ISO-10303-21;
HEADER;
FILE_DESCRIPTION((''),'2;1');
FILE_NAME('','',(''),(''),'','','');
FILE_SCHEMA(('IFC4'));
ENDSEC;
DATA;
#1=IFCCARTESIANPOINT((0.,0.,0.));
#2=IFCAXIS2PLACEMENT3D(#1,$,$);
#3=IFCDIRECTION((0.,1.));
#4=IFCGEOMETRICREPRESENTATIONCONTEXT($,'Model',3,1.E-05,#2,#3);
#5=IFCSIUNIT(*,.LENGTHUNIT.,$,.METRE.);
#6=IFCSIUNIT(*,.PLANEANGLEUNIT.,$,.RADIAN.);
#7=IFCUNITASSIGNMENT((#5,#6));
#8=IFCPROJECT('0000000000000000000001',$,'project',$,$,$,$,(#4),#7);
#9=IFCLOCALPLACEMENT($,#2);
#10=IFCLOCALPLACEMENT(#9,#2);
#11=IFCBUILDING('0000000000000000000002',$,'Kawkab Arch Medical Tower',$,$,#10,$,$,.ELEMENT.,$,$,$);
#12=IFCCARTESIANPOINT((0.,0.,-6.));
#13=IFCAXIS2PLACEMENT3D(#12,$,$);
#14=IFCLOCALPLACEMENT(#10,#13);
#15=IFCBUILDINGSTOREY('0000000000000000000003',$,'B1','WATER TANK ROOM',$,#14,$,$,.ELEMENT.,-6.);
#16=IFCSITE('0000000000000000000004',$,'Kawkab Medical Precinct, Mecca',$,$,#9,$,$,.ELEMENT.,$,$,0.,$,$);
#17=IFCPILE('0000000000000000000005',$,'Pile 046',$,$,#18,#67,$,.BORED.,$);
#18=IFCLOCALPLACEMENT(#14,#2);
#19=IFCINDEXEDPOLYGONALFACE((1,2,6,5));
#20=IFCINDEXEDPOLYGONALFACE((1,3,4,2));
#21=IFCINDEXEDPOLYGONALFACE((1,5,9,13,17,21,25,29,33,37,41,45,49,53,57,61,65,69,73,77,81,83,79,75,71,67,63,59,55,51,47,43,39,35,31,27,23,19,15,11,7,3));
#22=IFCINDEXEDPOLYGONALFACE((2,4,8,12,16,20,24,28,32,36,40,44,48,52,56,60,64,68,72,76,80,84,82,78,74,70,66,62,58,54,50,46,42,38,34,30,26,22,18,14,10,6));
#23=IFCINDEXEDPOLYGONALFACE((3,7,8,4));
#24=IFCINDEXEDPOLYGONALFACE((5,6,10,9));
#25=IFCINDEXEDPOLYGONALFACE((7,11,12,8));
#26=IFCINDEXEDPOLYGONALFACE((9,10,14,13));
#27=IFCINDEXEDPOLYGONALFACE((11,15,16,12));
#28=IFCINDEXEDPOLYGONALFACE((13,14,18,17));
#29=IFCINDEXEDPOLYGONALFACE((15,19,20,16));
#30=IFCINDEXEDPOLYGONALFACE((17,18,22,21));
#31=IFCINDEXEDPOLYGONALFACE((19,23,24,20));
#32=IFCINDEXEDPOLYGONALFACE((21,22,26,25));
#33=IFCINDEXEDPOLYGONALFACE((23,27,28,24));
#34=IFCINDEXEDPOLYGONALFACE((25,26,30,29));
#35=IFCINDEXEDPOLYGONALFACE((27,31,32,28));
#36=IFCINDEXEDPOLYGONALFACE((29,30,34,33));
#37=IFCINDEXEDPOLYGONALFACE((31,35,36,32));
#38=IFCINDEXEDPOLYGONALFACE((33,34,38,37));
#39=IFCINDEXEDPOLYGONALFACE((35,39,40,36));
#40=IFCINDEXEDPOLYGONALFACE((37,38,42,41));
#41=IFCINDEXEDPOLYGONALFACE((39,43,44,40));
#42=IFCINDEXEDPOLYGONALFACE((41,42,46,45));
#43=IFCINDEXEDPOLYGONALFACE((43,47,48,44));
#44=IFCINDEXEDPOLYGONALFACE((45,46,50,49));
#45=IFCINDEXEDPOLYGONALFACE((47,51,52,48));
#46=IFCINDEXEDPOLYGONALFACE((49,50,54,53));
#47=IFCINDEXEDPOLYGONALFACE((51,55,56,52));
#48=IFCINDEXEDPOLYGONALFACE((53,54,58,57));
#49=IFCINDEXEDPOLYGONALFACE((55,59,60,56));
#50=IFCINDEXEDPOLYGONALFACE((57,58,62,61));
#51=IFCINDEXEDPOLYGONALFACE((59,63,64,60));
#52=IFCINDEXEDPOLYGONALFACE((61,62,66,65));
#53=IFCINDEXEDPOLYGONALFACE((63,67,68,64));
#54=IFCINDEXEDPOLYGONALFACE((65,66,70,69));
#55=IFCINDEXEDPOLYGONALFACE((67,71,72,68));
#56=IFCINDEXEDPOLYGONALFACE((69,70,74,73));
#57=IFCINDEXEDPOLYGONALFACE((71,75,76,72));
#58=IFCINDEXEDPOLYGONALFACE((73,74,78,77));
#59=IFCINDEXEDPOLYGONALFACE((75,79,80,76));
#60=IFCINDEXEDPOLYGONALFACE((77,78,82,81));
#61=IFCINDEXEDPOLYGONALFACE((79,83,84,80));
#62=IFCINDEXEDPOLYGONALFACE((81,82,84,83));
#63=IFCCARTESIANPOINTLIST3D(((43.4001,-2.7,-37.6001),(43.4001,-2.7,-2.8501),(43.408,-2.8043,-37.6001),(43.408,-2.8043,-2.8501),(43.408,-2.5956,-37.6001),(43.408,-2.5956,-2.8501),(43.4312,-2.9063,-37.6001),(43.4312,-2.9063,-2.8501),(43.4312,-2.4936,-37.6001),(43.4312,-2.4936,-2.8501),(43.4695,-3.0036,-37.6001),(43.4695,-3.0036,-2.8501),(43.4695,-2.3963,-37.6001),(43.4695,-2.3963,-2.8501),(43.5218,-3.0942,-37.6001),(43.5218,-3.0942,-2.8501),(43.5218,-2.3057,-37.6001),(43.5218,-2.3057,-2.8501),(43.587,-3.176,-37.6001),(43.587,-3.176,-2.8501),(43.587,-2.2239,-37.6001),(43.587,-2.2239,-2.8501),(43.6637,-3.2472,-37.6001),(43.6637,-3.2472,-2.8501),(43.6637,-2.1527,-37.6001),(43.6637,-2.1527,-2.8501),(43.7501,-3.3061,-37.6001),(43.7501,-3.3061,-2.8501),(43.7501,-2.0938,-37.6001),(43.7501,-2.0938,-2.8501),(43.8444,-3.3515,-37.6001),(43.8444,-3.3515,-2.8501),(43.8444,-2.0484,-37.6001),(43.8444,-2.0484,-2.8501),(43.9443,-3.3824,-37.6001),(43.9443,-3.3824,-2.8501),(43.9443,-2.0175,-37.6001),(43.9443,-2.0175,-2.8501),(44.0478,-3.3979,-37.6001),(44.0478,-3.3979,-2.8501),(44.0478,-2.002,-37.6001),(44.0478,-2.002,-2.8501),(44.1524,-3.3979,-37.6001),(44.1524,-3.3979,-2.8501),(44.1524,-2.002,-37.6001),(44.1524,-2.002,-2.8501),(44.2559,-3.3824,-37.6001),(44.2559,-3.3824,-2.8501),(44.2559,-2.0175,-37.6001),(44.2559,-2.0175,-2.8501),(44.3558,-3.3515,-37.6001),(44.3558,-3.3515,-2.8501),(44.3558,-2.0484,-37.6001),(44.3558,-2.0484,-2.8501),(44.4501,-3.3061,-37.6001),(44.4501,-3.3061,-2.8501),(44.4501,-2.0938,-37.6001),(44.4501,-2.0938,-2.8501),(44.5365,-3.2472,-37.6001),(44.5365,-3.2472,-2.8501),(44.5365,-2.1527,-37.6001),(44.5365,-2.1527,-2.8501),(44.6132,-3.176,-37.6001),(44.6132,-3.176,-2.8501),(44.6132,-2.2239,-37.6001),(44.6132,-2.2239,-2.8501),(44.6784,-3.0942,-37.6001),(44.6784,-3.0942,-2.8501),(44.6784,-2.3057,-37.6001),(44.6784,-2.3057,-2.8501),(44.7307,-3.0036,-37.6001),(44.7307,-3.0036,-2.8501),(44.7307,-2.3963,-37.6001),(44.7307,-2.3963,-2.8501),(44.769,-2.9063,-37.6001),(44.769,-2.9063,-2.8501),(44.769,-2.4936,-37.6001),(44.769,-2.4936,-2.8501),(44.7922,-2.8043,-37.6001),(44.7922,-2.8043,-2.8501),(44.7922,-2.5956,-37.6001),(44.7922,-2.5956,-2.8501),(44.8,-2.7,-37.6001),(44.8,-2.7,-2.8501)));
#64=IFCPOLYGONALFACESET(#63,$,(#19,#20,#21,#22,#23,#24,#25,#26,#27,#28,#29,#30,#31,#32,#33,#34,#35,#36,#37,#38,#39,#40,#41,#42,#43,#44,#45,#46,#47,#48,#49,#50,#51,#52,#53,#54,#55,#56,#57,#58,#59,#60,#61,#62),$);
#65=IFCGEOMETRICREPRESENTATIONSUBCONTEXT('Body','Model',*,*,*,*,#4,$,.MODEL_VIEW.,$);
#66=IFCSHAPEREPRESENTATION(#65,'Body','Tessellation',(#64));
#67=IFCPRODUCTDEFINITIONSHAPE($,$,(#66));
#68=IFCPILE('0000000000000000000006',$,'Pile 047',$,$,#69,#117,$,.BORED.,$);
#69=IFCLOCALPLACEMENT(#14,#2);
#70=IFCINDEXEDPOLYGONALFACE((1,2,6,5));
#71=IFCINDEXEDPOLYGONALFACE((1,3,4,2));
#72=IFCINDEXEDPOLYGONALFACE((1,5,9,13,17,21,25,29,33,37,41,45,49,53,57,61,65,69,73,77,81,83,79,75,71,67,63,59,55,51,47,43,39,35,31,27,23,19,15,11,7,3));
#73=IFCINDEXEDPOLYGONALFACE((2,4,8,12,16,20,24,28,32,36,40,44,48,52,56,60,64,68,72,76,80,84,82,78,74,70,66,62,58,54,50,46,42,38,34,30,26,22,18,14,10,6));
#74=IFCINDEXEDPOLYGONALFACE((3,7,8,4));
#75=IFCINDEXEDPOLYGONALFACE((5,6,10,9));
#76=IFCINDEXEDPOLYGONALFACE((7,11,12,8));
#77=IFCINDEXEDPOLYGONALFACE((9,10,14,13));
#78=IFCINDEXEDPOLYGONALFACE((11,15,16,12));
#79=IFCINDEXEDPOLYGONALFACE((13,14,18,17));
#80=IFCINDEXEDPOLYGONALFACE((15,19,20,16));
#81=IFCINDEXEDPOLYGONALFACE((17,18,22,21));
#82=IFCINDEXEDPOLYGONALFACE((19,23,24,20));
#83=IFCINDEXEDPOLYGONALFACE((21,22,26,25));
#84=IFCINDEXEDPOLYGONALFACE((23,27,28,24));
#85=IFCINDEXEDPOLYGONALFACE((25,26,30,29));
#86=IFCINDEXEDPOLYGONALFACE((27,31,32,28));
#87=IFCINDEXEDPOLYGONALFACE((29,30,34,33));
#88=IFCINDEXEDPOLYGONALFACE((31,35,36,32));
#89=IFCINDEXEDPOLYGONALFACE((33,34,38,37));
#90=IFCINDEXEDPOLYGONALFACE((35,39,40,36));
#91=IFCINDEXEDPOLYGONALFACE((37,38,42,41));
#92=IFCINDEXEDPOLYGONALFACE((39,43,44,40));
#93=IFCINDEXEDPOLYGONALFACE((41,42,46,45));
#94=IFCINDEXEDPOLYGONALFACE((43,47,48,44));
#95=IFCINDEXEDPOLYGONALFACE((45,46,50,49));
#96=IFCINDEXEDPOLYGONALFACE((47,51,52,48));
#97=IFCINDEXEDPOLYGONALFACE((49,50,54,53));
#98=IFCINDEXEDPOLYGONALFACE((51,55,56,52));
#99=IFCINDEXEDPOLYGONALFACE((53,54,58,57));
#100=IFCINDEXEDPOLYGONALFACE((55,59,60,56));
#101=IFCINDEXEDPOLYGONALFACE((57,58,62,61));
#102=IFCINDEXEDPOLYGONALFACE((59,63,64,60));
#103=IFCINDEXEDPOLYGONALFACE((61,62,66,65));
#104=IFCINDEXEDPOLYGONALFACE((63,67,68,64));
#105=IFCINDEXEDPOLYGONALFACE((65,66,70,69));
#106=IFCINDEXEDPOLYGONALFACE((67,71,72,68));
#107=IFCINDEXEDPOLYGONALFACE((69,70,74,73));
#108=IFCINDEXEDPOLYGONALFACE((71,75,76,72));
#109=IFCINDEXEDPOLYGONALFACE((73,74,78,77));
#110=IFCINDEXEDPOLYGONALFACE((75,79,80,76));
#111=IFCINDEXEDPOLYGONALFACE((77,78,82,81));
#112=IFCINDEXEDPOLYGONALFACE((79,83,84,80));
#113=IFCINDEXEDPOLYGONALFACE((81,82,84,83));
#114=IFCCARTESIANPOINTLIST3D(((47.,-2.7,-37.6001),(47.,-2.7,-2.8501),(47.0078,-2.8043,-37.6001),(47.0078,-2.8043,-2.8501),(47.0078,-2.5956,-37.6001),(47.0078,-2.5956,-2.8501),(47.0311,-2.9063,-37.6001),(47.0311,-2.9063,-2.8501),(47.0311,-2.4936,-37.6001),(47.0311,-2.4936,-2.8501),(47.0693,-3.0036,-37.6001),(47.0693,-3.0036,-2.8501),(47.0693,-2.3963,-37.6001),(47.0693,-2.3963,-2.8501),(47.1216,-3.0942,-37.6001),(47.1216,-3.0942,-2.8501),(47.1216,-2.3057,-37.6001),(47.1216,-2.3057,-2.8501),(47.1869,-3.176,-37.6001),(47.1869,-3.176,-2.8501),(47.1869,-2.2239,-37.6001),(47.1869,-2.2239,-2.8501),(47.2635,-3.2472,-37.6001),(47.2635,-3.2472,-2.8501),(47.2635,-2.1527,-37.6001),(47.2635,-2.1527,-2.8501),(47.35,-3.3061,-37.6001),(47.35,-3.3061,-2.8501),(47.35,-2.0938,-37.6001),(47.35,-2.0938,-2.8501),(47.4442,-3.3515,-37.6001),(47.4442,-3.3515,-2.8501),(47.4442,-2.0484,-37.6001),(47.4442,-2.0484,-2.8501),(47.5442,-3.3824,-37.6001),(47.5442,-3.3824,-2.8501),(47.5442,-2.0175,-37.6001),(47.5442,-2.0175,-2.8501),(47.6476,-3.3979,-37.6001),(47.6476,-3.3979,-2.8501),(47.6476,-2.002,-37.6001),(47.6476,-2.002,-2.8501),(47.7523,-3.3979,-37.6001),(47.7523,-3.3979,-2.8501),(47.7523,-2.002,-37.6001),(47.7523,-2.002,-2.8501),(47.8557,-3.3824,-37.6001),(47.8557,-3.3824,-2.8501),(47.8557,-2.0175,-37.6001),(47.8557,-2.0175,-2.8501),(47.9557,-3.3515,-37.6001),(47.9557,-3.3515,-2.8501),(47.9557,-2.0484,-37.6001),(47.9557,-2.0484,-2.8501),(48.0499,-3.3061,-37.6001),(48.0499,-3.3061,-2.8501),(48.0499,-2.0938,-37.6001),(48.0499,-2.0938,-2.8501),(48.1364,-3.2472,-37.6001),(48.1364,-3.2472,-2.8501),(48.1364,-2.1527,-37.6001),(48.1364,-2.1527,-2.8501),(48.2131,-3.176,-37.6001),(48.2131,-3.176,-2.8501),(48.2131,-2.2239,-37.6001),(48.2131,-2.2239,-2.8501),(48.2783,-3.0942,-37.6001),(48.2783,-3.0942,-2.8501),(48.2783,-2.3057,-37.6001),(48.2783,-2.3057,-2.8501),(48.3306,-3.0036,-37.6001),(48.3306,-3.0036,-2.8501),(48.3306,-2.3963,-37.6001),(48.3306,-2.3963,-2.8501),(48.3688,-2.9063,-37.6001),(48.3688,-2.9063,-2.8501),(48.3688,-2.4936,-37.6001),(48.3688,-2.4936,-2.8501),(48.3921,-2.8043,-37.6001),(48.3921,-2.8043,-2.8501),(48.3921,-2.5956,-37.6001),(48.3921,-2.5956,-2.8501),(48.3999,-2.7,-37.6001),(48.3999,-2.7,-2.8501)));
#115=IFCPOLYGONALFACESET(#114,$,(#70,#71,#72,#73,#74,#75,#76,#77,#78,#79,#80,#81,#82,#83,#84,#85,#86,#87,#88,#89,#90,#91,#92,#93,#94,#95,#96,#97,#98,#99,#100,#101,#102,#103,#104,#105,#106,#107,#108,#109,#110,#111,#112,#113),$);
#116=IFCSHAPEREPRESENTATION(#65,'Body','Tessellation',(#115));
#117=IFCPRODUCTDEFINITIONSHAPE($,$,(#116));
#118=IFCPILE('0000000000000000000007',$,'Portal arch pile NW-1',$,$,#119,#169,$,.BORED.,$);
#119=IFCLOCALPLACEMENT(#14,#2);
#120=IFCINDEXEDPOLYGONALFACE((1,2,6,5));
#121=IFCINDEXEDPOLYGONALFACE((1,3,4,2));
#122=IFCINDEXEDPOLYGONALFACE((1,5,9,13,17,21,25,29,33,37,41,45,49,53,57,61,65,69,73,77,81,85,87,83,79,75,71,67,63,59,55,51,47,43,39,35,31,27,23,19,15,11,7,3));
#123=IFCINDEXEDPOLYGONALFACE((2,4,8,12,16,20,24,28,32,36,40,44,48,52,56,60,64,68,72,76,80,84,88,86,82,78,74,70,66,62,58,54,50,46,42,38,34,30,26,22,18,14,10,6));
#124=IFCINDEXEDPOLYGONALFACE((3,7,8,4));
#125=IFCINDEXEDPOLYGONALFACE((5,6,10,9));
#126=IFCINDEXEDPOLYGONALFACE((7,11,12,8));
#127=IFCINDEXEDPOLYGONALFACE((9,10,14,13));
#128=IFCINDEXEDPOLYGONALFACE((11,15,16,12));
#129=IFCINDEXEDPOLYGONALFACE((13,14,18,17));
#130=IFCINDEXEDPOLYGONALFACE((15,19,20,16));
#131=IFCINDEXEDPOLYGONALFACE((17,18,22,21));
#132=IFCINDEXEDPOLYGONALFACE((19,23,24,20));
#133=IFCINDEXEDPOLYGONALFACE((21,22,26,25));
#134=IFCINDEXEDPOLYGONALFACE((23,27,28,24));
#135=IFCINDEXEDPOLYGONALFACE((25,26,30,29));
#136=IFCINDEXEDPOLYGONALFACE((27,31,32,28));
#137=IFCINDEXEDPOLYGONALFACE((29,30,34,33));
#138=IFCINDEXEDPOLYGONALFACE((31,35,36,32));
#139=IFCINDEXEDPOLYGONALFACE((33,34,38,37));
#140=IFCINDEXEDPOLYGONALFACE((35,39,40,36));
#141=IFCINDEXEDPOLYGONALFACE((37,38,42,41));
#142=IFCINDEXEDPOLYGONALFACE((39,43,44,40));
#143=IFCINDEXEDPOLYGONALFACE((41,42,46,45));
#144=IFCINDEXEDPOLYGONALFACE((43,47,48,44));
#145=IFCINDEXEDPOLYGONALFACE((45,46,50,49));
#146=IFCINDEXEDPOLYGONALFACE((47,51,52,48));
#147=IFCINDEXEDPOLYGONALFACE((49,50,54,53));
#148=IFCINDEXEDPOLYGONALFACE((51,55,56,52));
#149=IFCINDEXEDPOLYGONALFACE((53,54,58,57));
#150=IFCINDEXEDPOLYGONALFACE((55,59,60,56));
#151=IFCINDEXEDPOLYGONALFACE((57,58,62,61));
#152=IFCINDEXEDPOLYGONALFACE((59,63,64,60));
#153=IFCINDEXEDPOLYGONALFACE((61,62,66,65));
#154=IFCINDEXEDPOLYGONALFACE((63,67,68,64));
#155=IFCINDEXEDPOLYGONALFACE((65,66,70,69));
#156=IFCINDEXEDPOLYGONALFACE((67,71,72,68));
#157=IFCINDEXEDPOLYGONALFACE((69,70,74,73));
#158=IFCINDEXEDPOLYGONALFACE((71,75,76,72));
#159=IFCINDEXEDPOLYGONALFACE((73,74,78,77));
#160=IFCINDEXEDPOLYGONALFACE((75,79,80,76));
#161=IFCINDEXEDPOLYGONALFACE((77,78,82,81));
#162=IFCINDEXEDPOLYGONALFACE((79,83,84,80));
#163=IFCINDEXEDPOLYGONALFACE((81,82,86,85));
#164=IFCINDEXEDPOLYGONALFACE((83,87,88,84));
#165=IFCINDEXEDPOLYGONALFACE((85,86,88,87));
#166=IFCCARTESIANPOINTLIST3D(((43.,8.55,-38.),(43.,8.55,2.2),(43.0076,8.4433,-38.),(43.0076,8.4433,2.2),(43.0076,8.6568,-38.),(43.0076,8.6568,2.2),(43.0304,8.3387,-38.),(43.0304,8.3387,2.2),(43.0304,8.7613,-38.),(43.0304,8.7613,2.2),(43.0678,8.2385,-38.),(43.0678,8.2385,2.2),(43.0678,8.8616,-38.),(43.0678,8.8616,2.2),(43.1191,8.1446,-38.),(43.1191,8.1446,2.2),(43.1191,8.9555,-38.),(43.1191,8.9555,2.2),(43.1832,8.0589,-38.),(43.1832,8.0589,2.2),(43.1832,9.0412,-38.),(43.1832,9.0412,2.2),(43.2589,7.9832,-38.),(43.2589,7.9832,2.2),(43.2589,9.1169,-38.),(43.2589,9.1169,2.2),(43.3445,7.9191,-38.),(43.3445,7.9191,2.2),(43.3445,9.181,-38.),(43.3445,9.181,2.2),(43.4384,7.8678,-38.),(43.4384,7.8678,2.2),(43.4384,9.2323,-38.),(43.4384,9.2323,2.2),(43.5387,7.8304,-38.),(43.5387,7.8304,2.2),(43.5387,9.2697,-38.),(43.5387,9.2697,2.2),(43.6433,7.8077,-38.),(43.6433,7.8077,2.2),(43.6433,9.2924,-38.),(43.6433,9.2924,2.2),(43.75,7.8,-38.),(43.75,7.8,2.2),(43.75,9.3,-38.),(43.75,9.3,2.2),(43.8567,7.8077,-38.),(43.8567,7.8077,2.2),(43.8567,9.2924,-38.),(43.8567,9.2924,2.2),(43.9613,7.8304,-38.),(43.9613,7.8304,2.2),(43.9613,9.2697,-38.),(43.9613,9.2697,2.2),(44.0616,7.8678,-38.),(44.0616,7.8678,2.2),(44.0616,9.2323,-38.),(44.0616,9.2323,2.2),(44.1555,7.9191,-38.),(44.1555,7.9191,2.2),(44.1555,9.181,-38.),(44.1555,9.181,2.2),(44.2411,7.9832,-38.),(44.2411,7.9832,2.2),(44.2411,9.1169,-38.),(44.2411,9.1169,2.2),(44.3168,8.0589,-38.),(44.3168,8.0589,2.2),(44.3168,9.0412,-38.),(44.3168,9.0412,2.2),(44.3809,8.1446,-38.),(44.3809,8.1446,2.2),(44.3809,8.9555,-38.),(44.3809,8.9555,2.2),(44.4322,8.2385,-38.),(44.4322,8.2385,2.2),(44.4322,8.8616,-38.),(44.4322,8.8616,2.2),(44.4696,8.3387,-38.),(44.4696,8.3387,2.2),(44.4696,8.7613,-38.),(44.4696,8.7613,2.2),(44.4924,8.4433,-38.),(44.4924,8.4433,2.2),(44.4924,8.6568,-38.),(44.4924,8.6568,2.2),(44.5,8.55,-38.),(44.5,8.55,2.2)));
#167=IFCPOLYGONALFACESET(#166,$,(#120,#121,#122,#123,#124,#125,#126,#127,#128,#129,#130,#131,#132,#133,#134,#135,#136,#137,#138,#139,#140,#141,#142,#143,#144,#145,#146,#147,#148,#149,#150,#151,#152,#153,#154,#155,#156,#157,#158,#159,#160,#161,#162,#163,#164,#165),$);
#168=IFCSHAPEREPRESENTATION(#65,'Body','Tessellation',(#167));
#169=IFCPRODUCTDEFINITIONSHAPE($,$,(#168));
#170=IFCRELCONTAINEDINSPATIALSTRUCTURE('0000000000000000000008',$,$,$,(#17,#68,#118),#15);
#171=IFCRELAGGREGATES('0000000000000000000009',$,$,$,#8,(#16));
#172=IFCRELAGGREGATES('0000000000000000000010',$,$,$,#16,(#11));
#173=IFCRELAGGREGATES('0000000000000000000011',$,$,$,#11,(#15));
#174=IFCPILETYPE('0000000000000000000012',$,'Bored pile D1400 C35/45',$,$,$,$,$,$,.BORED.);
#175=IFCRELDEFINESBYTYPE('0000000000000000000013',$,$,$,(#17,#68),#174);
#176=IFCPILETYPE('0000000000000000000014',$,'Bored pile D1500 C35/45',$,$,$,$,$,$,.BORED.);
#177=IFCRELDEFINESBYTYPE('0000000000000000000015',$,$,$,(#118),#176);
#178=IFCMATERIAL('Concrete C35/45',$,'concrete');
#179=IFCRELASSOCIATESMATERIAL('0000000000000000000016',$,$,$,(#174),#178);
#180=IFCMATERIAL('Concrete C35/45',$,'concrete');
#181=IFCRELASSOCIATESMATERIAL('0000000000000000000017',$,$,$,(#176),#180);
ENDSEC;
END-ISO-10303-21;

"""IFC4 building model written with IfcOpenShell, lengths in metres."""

from ifc_helpers import new_model, si_unit, direction, frame, origin, origin_2d, place, context, subcontext, project, spatial, circle, extrude, material, material_profile, profile_set, type_object, element, save


model = new_model("IFC4")

# Units and contexts
model_context = context("Model", 3, precision=1e-05, world=origin(), true_north=direction((0.0, 1.0)))
body_context = subcontext(model_context, "Body", "Model", "MODEL_VIEW")
ifc_project = project(units=[si_unit("LENGTHUNIT", "METRE"), si_unit("PLANEANGLEUNIT", "RADIAN")], contexts=[model_context])

# Site, building, storey
site_placement = place(None, origin())
site = spatial("IfcSite", under=ifc_project, at=site_placement, Name="Kawkab Medical Precinct, Mecca", CompositionType="ELEMENT", RefElevation=0.0)
building_placement = place(site_placement, origin())
building = spatial("IfcBuilding", under=site, at=building_placement, Name="Kawkab Arch Medical Tower", CompositionType="ELEMENT")
storey_placement = place(building_placement, frame((0.0, 0.0, -6.0)))
storey = spatial("IfcBuildingStorey", under=building, at=storey_placement, Name="B1", Description="WATER TANK ROOM", CompositionType="ELEMENT", Elevation=-6.0)

# Piles
ifc_material_1 = material(Name="Concrete C35/45", Category="concrete")
ifc_material_profile_1 = material_profile(ifc_material_1, circle(Radius=0.7, at=origin_2d()), Name="Bored pile D1400")
ifc_profile_set_1 = profile_set([ifc_material_profile_1], Name="Concrete C35/45")
pile_type_1 = type_object("IfcPileType", Name="Bored pile D1400 C35/45", PredefinedType="BORED", material=ifc_profile_set_1)
for number, where, z_axis, x_axis, name in (
    (1, (44.1001, -2.7, -2.8501), (0.0, 0.0, -1.0), (1.0, 0.0, 0.0), "Pile 046"),
    (2, (47.7, -2.7, -2.8501), (0.0, 0.0, -1.0), (1.0, 0.0, 0.0), "Pile 047"),
):
    element("IfcPile", number, at=place(storey_placement, frame(where, z_axis=z_axis, x_axis=x_axis)), inside=storey, type_object=pile_type_1, Name=name, PredefinedType="BORED", context=body_context, shape_type="SweptSolid", body=[
        extrude(circle(Radius=0.7, at=origin_2d()), origin(), (0.0, 0.0, 1.0), 34.75),
    ])
ifc_material_2 = material(Name="Concrete C35/45", Category="concrete")
ifc_material_profile_2 = material_profile(ifc_material_2, circle(Radius=0.75, at=origin_2d()), Name="Bored pile D1500")
ifc_profile_set_2 = profile_set([ifc_material_profile_2], Name="Concrete C35/45")
pile_type_2 = type_object("IfcPileType", Name="Bored pile D1500 C35/45", PredefinedType="BORED", material=ifc_profile_set_2)
for number, where, z_axis, x_axis, name in (
    (3, (43.75, 8.55, 2.2), (0.0, 0.0, -1.0), (1.0, 0.0, 0.0), "Portal arch pile NW-1"),
):
    element("IfcPile", number, at=place(storey_placement, frame(where, z_axis=z_axis, x_axis=x_axis)), inside=storey, type_object=pile_type_2, Name=name, PredefinedType="BORED", context=body_context, shape_type="SweptSolid", body=[
        extrude(circle(Radius=0.75, at=origin_2d()), origin(), (0.0, 0.0, 1.0), 40.2),
    ])

save(model, "model.ifc")
